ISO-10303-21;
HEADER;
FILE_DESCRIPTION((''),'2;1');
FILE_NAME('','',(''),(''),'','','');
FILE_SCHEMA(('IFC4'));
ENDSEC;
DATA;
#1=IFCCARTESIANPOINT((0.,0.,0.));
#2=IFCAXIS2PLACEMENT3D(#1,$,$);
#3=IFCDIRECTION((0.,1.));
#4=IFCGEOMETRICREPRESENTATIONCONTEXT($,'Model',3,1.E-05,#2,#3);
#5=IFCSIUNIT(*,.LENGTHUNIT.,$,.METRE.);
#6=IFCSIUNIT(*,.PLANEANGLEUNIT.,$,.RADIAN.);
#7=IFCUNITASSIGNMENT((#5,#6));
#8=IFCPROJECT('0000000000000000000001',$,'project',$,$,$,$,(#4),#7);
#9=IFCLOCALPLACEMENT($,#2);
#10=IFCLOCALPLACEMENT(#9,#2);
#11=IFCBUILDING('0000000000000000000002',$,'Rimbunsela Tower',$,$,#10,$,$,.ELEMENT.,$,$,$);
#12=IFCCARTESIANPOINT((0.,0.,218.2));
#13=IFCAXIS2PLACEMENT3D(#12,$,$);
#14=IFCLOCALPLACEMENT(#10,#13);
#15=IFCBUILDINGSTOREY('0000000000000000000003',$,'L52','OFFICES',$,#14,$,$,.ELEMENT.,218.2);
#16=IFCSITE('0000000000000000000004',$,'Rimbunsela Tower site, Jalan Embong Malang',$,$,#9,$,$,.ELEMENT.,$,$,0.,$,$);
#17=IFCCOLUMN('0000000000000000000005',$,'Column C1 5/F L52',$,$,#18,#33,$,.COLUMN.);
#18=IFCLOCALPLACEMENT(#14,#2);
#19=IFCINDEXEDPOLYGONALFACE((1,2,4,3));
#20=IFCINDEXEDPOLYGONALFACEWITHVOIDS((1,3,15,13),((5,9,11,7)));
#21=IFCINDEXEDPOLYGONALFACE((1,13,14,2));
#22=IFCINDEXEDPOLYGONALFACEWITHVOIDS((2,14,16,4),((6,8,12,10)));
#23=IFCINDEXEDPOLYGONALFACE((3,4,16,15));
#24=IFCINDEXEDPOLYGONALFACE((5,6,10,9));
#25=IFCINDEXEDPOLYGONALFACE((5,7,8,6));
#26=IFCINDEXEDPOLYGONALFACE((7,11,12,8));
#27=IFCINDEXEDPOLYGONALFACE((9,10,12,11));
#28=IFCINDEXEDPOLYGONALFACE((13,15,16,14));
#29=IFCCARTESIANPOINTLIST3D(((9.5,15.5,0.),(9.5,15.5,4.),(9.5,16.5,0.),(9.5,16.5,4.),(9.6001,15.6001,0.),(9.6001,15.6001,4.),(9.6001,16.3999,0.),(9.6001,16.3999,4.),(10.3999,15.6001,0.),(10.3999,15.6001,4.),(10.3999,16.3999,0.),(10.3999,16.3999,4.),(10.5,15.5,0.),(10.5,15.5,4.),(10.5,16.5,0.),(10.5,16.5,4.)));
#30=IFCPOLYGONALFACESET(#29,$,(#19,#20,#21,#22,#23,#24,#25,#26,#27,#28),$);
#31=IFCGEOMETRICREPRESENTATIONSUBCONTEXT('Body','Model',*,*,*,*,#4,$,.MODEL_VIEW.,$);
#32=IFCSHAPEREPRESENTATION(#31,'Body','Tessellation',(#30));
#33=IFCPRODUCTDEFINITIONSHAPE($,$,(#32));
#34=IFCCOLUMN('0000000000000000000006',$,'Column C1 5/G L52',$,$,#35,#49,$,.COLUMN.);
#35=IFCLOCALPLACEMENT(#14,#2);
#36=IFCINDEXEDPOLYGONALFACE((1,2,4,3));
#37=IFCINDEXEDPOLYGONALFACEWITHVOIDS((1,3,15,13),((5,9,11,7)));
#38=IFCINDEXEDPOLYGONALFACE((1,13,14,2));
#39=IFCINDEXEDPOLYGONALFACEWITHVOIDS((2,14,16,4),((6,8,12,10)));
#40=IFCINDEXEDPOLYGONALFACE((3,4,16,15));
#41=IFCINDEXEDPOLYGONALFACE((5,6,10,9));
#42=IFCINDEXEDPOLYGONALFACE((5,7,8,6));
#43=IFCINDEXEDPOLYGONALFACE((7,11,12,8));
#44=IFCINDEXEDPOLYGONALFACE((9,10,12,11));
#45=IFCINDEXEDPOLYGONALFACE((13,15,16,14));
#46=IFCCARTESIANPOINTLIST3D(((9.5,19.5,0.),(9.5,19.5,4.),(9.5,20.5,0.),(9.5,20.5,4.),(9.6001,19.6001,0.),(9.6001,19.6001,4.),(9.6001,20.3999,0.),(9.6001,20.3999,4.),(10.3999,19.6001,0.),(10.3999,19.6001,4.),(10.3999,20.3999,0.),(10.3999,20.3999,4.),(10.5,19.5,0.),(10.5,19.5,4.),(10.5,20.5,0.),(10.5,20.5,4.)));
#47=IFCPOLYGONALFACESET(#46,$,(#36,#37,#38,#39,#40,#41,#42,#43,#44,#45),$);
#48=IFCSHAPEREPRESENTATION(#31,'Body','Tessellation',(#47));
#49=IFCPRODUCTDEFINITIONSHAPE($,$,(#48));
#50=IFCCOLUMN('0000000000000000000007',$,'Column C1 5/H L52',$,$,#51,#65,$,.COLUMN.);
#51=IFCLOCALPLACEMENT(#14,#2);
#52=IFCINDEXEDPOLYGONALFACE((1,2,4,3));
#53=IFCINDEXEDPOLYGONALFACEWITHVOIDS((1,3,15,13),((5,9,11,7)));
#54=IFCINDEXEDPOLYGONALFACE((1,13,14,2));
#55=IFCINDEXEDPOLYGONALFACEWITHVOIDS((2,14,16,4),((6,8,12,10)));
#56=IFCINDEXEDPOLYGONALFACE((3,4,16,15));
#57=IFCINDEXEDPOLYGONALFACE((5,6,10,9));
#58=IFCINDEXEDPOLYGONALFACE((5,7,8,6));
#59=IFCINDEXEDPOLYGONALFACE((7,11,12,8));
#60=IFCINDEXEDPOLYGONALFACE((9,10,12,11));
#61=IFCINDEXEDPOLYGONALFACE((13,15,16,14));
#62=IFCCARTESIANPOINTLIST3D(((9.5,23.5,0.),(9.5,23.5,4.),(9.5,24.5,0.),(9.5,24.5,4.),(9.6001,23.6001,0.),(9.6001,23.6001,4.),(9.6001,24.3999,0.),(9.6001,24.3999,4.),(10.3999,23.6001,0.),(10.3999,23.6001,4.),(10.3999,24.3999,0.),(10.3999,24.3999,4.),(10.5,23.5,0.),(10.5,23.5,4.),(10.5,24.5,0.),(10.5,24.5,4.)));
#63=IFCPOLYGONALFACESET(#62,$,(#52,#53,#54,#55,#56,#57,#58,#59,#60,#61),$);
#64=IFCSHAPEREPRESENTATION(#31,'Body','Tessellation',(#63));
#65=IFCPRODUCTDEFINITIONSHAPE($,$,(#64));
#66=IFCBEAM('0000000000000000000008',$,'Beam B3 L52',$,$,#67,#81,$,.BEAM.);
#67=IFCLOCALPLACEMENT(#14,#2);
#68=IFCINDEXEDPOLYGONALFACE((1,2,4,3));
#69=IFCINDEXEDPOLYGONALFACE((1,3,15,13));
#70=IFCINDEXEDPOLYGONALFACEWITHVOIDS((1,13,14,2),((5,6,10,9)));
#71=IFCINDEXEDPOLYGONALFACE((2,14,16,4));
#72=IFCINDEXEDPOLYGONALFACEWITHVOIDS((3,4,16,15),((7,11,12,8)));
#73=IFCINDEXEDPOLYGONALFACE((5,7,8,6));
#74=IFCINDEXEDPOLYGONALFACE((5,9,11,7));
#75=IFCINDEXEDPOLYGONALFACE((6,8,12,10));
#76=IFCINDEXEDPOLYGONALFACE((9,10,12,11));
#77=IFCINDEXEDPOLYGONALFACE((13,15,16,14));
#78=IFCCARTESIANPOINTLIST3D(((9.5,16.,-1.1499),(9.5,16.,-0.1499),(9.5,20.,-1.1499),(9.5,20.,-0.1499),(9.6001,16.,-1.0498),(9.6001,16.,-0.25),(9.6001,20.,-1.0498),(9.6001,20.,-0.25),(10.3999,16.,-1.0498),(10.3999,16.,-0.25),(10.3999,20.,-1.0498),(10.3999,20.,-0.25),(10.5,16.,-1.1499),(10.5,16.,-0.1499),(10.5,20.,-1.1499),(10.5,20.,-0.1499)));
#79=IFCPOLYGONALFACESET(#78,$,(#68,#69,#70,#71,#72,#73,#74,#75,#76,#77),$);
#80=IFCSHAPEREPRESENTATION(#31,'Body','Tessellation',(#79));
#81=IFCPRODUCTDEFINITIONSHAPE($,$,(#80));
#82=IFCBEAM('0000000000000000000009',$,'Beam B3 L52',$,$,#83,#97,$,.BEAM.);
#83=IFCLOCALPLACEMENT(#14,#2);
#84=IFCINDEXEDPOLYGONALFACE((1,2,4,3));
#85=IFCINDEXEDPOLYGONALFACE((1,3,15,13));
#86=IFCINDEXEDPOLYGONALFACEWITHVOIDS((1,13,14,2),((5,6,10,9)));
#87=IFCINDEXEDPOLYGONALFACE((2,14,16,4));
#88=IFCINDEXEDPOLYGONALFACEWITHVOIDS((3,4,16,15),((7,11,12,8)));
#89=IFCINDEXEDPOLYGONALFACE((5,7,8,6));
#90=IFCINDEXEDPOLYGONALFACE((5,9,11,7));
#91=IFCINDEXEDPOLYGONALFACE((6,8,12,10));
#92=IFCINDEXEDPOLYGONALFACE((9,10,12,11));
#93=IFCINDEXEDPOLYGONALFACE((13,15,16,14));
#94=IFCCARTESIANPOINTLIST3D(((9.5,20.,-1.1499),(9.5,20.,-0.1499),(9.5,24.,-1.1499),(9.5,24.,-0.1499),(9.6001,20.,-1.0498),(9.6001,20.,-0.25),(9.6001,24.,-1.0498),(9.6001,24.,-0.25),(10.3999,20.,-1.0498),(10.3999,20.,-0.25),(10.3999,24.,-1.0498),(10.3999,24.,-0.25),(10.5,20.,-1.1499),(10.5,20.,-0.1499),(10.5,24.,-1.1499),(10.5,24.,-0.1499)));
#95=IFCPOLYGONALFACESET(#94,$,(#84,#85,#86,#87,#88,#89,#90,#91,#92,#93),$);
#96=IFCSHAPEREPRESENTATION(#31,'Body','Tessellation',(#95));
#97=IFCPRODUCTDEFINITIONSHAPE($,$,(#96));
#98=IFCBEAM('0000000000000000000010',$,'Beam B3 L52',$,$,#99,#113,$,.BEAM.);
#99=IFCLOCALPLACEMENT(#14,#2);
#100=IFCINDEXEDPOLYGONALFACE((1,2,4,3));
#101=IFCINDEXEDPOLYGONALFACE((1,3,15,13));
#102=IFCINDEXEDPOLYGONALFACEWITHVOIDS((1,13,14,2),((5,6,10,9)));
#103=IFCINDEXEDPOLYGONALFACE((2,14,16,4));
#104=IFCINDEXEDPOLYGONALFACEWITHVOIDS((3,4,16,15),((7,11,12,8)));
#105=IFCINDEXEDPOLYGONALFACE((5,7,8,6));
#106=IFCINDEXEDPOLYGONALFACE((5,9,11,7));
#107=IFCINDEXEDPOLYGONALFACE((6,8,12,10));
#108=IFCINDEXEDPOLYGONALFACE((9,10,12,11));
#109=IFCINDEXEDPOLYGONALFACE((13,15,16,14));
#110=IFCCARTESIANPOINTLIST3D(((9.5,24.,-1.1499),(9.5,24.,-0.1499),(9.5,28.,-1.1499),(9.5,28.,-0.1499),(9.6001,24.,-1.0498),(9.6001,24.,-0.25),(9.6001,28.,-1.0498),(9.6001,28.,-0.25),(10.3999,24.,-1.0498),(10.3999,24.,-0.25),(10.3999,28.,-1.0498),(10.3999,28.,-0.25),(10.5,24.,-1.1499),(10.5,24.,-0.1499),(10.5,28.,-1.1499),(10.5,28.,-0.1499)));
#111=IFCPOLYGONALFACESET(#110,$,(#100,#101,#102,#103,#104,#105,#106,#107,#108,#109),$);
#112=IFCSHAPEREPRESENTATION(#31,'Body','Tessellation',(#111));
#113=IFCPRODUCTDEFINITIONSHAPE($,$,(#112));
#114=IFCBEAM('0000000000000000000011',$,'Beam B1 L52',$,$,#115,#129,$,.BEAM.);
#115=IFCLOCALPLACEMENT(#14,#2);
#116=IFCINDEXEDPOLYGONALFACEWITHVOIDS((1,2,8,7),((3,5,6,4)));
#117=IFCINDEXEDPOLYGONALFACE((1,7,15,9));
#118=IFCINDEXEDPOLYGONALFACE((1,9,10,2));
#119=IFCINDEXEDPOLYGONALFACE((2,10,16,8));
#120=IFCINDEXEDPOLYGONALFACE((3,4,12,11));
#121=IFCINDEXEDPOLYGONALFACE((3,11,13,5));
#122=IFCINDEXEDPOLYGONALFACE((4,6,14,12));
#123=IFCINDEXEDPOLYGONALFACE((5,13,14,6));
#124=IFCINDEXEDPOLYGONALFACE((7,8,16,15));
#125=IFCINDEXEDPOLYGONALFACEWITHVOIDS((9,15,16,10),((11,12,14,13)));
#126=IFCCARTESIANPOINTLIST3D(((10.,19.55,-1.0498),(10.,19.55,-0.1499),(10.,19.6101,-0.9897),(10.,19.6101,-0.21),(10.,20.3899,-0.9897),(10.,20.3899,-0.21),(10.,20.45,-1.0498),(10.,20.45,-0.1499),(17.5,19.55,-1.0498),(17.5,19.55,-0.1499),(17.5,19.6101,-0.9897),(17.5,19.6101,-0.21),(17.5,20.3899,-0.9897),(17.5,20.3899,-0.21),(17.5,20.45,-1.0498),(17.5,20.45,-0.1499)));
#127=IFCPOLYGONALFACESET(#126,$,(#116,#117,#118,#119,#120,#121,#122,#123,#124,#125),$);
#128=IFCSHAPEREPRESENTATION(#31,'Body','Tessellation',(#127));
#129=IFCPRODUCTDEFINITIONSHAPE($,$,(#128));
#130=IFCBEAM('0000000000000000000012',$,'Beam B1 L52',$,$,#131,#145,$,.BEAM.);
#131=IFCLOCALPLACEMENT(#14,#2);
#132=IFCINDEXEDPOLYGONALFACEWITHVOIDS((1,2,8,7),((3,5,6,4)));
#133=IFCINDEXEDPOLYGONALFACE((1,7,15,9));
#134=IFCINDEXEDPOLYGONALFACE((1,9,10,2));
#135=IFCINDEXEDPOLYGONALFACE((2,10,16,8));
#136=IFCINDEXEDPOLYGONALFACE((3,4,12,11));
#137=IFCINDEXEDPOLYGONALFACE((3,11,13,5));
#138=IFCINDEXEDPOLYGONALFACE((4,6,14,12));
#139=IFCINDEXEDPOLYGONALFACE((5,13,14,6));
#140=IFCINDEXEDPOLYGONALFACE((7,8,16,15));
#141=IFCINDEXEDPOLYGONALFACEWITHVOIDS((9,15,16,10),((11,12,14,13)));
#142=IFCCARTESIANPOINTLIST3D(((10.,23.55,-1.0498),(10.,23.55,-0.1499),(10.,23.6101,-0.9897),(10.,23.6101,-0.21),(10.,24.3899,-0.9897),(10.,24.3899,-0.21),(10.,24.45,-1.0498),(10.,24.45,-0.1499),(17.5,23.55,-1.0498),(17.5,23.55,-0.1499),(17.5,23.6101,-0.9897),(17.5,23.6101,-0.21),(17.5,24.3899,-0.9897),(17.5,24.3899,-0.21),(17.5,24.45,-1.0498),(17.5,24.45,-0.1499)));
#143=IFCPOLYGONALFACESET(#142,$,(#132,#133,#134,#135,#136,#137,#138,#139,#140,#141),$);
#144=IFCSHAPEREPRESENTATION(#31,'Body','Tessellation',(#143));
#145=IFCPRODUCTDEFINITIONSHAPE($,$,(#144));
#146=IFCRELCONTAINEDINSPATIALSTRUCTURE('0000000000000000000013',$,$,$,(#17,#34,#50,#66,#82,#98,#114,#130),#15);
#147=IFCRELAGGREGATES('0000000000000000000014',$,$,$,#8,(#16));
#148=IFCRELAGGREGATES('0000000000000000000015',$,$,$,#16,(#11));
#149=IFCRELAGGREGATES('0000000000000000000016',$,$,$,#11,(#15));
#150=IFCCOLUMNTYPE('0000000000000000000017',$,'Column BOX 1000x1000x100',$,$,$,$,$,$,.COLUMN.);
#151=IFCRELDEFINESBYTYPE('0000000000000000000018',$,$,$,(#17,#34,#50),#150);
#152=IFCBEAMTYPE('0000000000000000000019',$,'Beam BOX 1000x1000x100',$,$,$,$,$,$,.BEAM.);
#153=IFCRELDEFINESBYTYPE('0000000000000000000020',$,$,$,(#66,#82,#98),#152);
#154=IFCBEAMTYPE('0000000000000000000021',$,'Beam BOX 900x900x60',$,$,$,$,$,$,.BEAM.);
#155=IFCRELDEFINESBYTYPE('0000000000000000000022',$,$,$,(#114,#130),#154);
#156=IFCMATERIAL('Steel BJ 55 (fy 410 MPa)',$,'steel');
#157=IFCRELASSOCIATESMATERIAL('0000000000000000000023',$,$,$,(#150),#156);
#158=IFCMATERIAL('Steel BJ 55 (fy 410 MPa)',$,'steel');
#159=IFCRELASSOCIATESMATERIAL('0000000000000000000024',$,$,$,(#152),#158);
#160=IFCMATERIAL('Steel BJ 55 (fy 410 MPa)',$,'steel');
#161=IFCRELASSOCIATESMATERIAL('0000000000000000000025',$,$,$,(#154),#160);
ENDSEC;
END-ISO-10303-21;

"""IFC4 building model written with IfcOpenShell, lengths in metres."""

from ifc_helpers import new_model, si_unit, direction, frame, origin, origin_2d, place, context, subcontext, project, spatial, hollow_rectangle, extrude, material, material_profile, profile_set, type_object, element, save


model = new_model("IFC4")

# Units and contexts
model_context = context("Model", 3, precision=1e-05, world=origin(), true_north=direction((0.0, 1.0)))
body_context = subcontext(model_context, "Body", "Model", "MODEL_VIEW")
ifc_project = project(units=[si_unit("LENGTHUNIT", "METRE"), si_unit("PLANEANGLEUNIT", "RADIAN")], contexts=[model_context])

# Site, building, storey
site_placement = place(None, origin())
site = spatial("IfcSite", under=ifc_project, at=site_placement, Name="Rimbunsela Tower site, Jalan Embong Malang", CompositionType="ELEMENT", RefElevation=0.0)
building_placement = place(site_placement, origin())
building = spatial("IfcBuilding", under=site, at=building_placement, Name="Rimbunsela Tower", CompositionType="ELEMENT")
storey_placement = place(building_placement, frame((0.0, 0.0, 218.2)))
storey = spatial("IfcBuildingStorey", under=building, at=storey_placement, Name="L52", Description="OFFICES", CompositionType="ELEMENT", Elevation=218.2)

# Columns
ifc_material_1 = material(Name="Steel BJ 55 (fy 410 MPa)", Category="steel")
ifc_material_profile_1 = material_profile(ifc_material_1, hollow_rectangle(XDim=1.0, YDim=1.0, WallThickness=0.1001, at=origin_2d()), Name="BOX 1000x1000x100")
ifc_profile_set_1 = profile_set([ifc_material_profile_1], Name="Steel BJ 55 (fy 410 MPa)")
column_type = type_object("IfcColumnType", Name="Column BOX 1000x1000x100", PredefinedType="COLUMN", material=ifc_profile_set_1)
for number, where, z_axis, x_axis, name in (
    (1, (10.0, 16.0, 0.0), (0.0, 0.0, 1.0), (1.0, 0.0, 0.0), "Column C1 5/F L52"),
    (2, (10.0, 20.0, 0.0), (0.0, 0.0, 1.0), (1.0, 0.0, 0.0), "Column C1 5/G L52"),
    (3, (10.0, 24.0, 0.0), (0.0, 0.0, 1.0), (1.0, 0.0, 0.0), "Column C1 5/H L52"),
):
    element("IfcColumn", number, at=place(storey_placement, frame(where, z_axis=z_axis, x_axis=x_axis)), inside=storey, type_object=column_type, Name=name, PredefinedType="COLUMN", context=body_context, shape_type="SweptSolid", body=[
        extrude(hollow_rectangle(XDim=1.0, YDim=1.0, WallThickness=0.1001, at=origin_2d()), origin(), (0.0, 0.0, 1.0), 4.0),
    ])

# Beams
ifc_material_2 = material(Name="Steel BJ 55 (fy 410 MPa)", Category="steel")
ifc_material_profile_2 = material_profile(ifc_material_2, hollow_rectangle(XDim=1.0, YDim=1.0, WallThickness=0.1001, at=origin_2d()), Name="BOX 1000x1000x100")
ifc_profile_set_2 = profile_set([ifc_material_profile_2], Name="Steel BJ 55 (fy 410 MPa)")
beam_type_1 = type_object("IfcBeamType", Name="Beam BOX 1000x1000x100", PredefinedType="BEAM", material=ifc_profile_set_2)
for number, where, z_axis, x_axis, name in (
    (4, (10.0, 16.0, -0.6499), (0.0, 1.0, 0.0), (-1.0, 0.0, 0.0), "Beam B3 L52"),
    (5, (10.0, 20.0, -0.6499), (0.0, 1.0, 0.0), (-1.0, 0.0, 0.0), "Beam B3 L52"),
    (6, (10.0, 24.0, -0.6499), (0.0, 1.0, 0.0), (-1.0, 0.0, 0.0), "Beam B3 L52"),
):
    element("IfcBeam", number, at=place(storey_placement, frame(where, z_axis=z_axis, x_axis=x_axis)), inside=storey, type_object=beam_type_1, Name=name, PredefinedType="BEAM", context=body_context, shape_type="SweptSolid", body=[
        extrude(hollow_rectangle(XDim=1.0, YDim=1.0, WallThickness=0.1001, at=origin_2d()), origin(), (0.0, 0.0, 1.0), 4.0),
    ])
ifc_material_3 = material(Name="Steel BJ 55 (fy 410 MPa)", Category="steel")
ifc_material_profile_3 = material_profile(ifc_material_3, hollow_rectangle(XDim=0.8999, YDim=0.8999, WallThickness=0.0601, at=origin_2d()), Name="BOX 900x900x60")
ifc_profile_set_3 = profile_set([ifc_material_profile_3], Name="Steel BJ 55 (fy 410 MPa)")
beam_type_2 = type_object("IfcBeamType", Name="Beam BOX 900x900x60", PredefinedType="BEAM", material=ifc_profile_set_3)
for number, where, z_axis, x_axis, name in (
    (7, (10.0, 20.0, -0.5999), (1.0, 0.0, 0.0), (0.0, 1.0, 0.0), "Beam B1 L52"),
    (8, (10.0, 24.0, -0.5999), (1.0, 0.0, 0.0), (0.0, 1.0, 0.0), "Beam B1 L52"),
):
    element("IfcBeam", number, at=place(storey_placement, frame(where, z_axis=z_axis, x_axis=x_axis)), inside=storey, type_object=beam_type_2, Name=name, PredefinedType="BEAM", context=body_context, shape_type="SweptSolid", body=[
        extrude(hollow_rectangle(XDim=0.8999, YDim=0.8999, WallThickness=0.0601, at=origin_2d()), origin(), (0.0, 0.0, 1.0), 7.5),
    ])

save(model, "model.ifc")
